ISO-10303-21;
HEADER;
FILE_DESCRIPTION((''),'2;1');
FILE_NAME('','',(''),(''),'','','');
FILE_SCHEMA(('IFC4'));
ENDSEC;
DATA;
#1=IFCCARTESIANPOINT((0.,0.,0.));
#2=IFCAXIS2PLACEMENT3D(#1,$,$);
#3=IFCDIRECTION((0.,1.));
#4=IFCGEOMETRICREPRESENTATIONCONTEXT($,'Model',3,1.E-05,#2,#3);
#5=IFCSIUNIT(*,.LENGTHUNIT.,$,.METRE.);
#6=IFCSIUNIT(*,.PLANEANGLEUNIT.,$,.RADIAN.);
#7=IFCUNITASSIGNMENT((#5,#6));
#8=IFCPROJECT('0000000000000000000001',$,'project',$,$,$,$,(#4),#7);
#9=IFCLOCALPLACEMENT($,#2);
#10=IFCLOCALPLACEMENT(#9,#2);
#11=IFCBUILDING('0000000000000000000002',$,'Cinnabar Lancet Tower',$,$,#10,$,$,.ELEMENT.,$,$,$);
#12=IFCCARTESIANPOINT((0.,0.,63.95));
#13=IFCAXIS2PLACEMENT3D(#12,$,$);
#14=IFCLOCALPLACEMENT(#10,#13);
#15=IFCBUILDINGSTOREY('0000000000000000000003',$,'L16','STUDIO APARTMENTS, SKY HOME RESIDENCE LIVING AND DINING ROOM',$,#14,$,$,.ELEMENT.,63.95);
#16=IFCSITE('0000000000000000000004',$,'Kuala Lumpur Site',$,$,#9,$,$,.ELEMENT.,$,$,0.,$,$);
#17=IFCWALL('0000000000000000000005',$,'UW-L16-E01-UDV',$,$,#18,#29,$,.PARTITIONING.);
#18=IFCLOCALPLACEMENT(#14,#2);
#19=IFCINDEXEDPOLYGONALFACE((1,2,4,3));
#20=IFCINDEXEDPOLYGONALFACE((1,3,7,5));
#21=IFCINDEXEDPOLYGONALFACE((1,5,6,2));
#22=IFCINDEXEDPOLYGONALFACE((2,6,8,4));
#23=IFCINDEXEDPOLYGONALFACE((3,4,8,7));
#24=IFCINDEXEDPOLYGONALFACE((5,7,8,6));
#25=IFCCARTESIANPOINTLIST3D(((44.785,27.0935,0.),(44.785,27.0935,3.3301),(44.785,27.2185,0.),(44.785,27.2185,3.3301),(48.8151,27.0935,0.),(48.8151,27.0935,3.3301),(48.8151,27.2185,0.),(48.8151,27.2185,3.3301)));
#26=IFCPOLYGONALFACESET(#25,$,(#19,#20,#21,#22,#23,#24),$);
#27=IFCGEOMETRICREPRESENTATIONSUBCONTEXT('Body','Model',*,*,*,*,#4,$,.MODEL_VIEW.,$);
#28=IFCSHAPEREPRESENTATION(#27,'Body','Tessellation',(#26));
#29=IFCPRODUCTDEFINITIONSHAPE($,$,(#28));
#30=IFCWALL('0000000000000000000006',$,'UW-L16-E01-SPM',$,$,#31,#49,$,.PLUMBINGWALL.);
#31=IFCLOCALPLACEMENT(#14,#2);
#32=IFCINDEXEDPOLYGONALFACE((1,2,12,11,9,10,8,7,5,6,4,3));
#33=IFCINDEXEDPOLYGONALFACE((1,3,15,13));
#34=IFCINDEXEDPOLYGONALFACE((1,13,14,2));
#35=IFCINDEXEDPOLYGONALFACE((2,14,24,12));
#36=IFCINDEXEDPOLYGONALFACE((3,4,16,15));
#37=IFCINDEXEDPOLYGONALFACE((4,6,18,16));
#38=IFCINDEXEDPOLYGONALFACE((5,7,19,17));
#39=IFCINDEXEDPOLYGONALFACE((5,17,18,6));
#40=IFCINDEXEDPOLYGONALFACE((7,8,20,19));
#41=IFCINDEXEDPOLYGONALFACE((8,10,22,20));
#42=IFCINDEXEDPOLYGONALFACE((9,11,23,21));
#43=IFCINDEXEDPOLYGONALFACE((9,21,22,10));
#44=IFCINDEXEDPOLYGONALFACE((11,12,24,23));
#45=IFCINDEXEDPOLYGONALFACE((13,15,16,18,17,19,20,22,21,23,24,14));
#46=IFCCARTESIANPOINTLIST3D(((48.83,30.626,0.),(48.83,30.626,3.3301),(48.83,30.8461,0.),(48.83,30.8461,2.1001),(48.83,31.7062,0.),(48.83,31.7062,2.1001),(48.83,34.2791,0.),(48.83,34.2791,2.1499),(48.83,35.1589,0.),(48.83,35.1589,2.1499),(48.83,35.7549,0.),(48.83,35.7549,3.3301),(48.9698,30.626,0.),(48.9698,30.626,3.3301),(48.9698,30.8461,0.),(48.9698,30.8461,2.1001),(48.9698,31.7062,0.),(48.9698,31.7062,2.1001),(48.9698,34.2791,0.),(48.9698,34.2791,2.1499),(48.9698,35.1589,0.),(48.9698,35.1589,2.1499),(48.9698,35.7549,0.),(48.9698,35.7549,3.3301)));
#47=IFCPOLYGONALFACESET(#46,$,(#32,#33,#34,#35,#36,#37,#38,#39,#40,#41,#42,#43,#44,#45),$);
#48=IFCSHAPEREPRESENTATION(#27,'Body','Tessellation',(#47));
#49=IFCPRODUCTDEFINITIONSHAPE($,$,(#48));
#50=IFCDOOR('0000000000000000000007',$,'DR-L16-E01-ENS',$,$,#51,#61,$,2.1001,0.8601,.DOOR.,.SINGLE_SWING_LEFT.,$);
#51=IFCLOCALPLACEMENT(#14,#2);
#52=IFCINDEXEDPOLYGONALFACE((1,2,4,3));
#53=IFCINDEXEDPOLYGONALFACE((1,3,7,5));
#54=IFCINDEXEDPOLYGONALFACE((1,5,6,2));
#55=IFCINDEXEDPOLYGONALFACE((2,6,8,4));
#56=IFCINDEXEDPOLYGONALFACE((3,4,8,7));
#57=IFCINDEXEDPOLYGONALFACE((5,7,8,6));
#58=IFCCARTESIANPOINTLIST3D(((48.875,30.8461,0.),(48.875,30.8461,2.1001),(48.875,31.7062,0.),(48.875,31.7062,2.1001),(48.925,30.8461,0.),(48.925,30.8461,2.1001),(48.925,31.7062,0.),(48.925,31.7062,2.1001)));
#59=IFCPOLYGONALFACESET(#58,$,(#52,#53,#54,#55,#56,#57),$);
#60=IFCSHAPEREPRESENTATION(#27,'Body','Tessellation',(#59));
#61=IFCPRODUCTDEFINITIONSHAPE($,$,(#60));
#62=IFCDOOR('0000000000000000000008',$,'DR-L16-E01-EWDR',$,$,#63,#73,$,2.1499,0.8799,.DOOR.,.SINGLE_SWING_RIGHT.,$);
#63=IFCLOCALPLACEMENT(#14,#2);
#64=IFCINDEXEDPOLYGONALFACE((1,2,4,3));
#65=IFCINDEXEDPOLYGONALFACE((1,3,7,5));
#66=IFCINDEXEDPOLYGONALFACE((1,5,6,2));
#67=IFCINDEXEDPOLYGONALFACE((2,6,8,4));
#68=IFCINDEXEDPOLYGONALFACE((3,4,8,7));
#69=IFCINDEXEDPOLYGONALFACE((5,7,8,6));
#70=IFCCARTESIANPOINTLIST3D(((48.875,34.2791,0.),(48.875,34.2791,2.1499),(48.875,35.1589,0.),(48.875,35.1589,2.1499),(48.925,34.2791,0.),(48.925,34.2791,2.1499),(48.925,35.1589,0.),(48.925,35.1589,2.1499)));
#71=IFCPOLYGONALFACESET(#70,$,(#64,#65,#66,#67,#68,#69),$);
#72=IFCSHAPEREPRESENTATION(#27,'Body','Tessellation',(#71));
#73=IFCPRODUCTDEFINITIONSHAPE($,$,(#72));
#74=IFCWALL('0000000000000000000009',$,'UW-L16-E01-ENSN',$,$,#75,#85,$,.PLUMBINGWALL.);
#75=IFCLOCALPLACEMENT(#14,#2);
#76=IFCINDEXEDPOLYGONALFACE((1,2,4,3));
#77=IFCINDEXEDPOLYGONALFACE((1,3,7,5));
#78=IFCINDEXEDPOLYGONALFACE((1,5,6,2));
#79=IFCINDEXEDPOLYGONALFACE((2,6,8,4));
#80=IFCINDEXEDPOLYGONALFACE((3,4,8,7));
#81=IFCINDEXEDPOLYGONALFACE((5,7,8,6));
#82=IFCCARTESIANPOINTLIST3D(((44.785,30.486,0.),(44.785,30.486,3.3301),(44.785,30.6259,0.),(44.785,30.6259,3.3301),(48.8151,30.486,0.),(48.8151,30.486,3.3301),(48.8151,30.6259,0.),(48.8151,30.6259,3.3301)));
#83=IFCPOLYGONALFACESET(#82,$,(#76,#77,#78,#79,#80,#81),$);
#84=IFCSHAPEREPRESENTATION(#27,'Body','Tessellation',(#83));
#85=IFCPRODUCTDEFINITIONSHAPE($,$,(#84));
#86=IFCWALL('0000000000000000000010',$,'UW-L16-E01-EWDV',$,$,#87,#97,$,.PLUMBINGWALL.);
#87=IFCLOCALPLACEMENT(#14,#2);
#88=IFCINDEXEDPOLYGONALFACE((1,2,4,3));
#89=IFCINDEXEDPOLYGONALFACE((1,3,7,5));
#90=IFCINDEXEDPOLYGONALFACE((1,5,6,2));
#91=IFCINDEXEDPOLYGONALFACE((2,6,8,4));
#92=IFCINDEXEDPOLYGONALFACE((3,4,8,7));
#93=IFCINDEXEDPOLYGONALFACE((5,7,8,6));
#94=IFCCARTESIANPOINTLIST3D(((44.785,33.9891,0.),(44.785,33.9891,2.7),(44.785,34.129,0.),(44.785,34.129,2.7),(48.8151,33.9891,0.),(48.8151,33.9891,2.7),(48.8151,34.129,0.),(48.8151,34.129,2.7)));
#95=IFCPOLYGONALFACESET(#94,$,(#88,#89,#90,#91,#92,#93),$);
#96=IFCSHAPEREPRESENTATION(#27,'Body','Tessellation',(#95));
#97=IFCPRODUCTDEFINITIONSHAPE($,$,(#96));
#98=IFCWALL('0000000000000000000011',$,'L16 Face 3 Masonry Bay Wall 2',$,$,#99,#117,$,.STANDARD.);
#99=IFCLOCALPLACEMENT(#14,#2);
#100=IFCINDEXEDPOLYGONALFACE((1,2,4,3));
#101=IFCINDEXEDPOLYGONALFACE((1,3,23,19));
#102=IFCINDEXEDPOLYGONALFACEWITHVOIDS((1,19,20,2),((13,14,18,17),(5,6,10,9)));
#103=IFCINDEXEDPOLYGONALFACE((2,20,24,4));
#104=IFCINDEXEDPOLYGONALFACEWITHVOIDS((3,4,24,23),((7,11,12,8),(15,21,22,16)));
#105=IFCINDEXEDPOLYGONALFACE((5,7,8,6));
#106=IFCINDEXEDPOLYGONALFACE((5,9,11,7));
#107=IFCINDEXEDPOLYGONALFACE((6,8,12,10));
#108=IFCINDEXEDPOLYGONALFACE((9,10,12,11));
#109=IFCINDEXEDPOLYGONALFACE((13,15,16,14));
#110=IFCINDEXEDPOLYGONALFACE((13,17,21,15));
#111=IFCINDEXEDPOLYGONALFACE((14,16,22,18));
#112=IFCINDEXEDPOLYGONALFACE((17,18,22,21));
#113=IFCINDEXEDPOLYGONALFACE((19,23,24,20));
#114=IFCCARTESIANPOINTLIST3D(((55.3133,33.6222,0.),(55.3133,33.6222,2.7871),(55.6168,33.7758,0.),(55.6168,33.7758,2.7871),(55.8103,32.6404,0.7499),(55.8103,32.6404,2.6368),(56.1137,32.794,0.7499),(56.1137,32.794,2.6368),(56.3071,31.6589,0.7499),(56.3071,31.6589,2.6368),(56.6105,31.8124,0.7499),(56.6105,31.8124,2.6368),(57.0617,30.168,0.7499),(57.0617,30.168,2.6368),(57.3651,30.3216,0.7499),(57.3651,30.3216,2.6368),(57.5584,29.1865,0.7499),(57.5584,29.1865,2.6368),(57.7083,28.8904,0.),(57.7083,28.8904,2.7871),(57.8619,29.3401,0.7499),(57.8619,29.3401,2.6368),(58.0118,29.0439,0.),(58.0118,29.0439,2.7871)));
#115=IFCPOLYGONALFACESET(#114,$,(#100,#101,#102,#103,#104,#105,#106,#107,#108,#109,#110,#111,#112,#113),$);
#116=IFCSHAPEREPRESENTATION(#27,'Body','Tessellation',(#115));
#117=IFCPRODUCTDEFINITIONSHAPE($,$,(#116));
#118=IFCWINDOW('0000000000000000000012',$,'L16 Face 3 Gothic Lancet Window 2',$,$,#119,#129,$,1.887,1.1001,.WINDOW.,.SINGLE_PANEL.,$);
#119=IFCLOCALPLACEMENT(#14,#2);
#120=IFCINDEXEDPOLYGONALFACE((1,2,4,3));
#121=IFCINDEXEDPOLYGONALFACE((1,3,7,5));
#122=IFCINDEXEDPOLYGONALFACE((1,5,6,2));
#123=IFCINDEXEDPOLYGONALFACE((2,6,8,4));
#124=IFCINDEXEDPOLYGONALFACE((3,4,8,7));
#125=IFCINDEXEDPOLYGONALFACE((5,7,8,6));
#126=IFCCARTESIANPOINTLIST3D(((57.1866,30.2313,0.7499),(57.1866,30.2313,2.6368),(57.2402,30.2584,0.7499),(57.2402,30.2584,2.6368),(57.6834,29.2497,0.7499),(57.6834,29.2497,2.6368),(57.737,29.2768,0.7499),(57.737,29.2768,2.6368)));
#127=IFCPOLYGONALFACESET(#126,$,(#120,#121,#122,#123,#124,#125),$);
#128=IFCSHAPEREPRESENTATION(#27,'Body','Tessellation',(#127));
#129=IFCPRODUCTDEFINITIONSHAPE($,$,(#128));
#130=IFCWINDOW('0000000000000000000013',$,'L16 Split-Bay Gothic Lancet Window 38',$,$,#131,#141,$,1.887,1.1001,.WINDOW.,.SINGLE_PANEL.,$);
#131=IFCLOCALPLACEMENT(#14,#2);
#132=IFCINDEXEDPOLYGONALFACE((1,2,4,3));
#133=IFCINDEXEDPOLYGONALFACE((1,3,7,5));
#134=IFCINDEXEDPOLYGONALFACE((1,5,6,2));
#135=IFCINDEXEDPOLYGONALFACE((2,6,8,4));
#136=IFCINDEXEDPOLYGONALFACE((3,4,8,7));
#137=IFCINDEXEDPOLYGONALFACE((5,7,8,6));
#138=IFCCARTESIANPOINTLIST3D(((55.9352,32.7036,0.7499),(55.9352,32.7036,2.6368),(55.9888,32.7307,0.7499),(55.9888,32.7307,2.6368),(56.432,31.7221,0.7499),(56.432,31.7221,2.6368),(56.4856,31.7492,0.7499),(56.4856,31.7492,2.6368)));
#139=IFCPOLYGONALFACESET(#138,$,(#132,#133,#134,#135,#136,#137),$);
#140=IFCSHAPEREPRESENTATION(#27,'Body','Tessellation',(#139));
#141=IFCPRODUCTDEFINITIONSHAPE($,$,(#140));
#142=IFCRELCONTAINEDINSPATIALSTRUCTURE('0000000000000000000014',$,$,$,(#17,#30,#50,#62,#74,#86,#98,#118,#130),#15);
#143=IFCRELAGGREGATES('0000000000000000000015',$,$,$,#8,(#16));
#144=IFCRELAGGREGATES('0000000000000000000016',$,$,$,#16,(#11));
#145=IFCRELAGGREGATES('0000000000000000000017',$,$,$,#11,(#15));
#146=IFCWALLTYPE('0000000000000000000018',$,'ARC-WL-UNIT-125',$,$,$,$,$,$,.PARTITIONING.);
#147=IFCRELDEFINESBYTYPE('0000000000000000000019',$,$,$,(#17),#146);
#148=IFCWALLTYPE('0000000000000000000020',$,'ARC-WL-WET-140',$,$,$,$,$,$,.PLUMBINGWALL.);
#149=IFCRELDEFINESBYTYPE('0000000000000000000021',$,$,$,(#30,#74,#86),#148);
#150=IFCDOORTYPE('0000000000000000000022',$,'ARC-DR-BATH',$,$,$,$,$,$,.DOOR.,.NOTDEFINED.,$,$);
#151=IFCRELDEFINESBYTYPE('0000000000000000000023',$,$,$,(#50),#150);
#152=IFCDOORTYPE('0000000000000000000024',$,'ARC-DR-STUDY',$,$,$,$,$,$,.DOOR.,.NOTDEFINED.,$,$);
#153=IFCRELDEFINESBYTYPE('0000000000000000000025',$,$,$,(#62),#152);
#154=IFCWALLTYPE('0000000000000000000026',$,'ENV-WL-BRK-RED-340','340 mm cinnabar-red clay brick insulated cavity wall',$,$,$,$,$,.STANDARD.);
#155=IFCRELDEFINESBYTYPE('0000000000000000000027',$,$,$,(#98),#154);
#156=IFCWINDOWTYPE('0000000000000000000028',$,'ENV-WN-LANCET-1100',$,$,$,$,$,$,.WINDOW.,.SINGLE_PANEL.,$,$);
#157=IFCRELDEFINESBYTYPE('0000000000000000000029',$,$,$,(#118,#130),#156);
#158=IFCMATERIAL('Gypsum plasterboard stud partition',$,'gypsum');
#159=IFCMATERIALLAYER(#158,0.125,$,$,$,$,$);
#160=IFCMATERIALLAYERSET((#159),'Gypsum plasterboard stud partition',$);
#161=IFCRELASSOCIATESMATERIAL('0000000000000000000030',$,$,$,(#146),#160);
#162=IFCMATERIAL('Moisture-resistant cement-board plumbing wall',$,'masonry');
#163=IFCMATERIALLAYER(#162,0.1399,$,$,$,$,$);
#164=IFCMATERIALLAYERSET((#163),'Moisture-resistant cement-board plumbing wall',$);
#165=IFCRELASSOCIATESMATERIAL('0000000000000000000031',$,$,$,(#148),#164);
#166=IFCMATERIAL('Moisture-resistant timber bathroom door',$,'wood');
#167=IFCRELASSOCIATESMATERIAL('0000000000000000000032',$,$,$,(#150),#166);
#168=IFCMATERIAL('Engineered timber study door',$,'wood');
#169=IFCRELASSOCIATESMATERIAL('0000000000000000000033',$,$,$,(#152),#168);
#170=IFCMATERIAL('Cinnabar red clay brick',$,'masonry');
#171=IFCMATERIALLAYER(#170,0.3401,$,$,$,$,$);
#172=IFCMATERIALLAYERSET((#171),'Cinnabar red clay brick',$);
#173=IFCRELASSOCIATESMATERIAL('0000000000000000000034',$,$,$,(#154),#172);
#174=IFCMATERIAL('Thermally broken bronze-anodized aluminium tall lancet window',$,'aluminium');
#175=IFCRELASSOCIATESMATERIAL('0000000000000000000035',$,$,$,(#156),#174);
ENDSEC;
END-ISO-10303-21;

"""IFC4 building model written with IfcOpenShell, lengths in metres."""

from ifc_helpers import new_model, si_unit, direction, frame, frame_2d, origin, place, context, subcontext, project, spatial, rectangle, extrude, material, layer, layer_set, type_object, element, fill, save


model = new_model("IFC4")

# Units and contexts
model_context = context("Model", 3, precision=1e-05, world=origin(), true_north=direction((0.0, 1.0)))
body_context = subcontext(model_context, "Body", "Model", "MODEL_VIEW")
ifc_project = project(units=[si_unit("LENGTHUNIT", "METRE"), si_unit("PLANEANGLEUNIT", "RADIAN")], contexts=[model_context])

# Site, building, storey
site_placement = place(None, origin())
site = spatial("IfcSite", under=ifc_project, at=site_placement, Name="Kuala Lumpur Site", CompositionType="ELEMENT", RefElevation=0.0)
building_placement = place(site_placement, origin())
building = spatial("IfcBuilding", under=site, at=building_placement, Name="Cinnabar Lancet Tower", CompositionType="ELEMENT")
storey_placement = place(building_placement, frame((0.0, 0.0, 63.95)))
storey = spatial("IfcBuildingStorey", under=building, at=storey_placement, Name="L16", Description="STUDIO APARTMENTS, SKY HOME RESIDENCE LIVING AND DINING ROOM", CompositionType="ELEMENT", Elevation=63.95)

# Shared definitions
ifc_material_1 = material(Name="Gypsum plasterboard stud partition", Category="gypsum")
ifc_layer_1 = layer(ifc_material_1, 0.125)
ifc_layer_set_1 = layer_set([ifc_layer_1], Name="Gypsum plasterboard stud partition")
wall_type_1 = type_object("IfcWallType", Name="ARC-WL-UNIT-125", PredefinedType="PARTITIONING", material=ifc_layer_set_1)

# Wall
wall_1_placement = place(storey_placement, frame((44.7849, 27.156, 0.0), z_axis=(0.0, 0.0, 1.0), x_axis=(1.0, 0.0, 0.0)))
element("IfcWall", 1, at=wall_1_placement, inside=storey, type_object=wall_type_1, Name="UW-L16-E01-UDV", PredefinedType="PARTITIONING", context=body_context, shape_type="SweptSolid", body=[
    extrude(rectangle(XDim=4.03, YDim=0.125, at=frame_2d((2.0151, 0.0))), origin(), (0.0, 0.0, 1.0), 3.3301),
])

# Wall, openings, doors
ifc_material_2 = material(Name="Moisture-resistant cement-board plumbing wall", Category="masonry")
ifc_layer_2 = layer(ifc_material_2, 0.1399)
ifc_layer_set_2 = layer_set([ifc_layer_2], Name="Moisture-resistant cement-board plumbing wall")
wall_type_2 = type_object("IfcWallType", Name="ARC-WL-WET-140", PredefinedType="PLUMBINGWALL", material=ifc_layer_set_2)
wall_2_placement = place(storey_placement, frame((48.8999, 30.626, 0.0), z_axis=(0.0, 0.0, 1.0), x_axis=(0.0, 1.0, 0.0)))
wall_2 = element("IfcWall", 2, at=wall_2_placement, inside=storey, type_object=wall_type_2, Name="UW-L16-E01-SPM", PredefinedType="PLUMBINGWALL", context=body_context, shape_type="SweptSolid", body=[
    extrude(rectangle(XDim=5.1289, YDim=0.1399, at=frame_2d((2.5645, 0.0))), origin(), (0.0, 0.0, 1.0), 3.3301),
])
opening_1_placement = place(wall_2_placement, frame((0.22, 0.0, 0.0)))
opening_1 = element("IfcOpeningElement", 3, at=opening_1_placement, cuts=wall_2, PredefinedType="OPENING", context=body_context, shape_type="SweptSolid", body=[
    extrude(rectangle(XDim=0.8601, YDim=2.1001, at=frame_2d((0.4302, 1.05))), frame((0.0, 0.0798, 0.0), z_axis=(0.0, -1.0, 0.0), x_axis=(1.0, 0.0, 0.0)), (0.0, 0.0, 1.0), 0.1599),
])
opening_2_placement = place(wall_2_placement, frame((3.6531, 0.0, 0.0)))
opening_2 = element("IfcOpeningElement", 4, at=opening_2_placement, cuts=wall_2, PredefinedType="OPENING", context=body_context, shape_type="SweptSolid", body=[
    extrude(rectangle(XDim=0.8799, YDim=2.1499, at=frame_2d((0.4399, 1.075))), frame((0.0, 0.0798, 0.0), z_axis=(0.0, -1.0, 0.0), x_axis=(1.0, 0.0, 0.0)), (0.0, 0.0, 1.0), 0.1599),
])
ifc_material_3 = material(Name="Moisture-resistant timber bathroom door", Category="wood")
door_type_1 = type_object("IfcDoorType", Name="ARC-DR-BATH", OperationType="NOTDEFINED", PredefinedType="DOOR", material=ifc_material_3)
door_1_placement = place(opening_1_placement, origin())
door_1 = element("IfcDoor", 5, at=door_1_placement, inside=storey, type_object=door_type_1, Name="DR-L16-E01-ENS", OperationType="SINGLE_SWING_LEFT", OverallHeight=2.1001, OverallWidth=0.8601, PredefinedType="DOOR", context=body_context, shape_type="SweptSolid", body=[
    extrude(rectangle(XDim=0.8601, YDim=2.1001, at=frame_2d((0.4302, 1.05))), frame((0.0, 0.0249, 0.0), z_axis=(0.0, -1.0, 0.0), x_axis=(1.0, 0.0, 0.0)), (0.0, 0.0, 1.0), 0.05),
])
fill(opening_1, door_1)
ifc_material_4 = material(Name="Engineered timber study door", Category="wood")
door_type_2 = type_object("IfcDoorType", Name="ARC-DR-STUDY", OperationType="NOTDEFINED", PredefinedType="DOOR", material=ifc_material_4)
door_2_placement = place(opening_2_placement, origin())
door_2 = element("IfcDoor", 6, at=door_2_placement, inside=storey, type_object=door_type_2, Name="DR-L16-E01-EWDR", OperationType="SINGLE_SWING_RIGHT", OverallHeight=2.1499, OverallWidth=0.8799, PredefinedType="DOOR", context=body_context, shape_type="SweptSolid", body=[
    extrude(rectangle(XDim=0.8799, YDim=2.1499, at=frame_2d((0.4399, 1.075))), frame((0.0, 0.0249, 0.0), z_axis=(0.0, -1.0, 0.0), x_axis=(1.0, 0.0, 0.0)), (0.0, 0.0, 1.0), 0.05),
])
fill(opening_2, door_2)

# Walls
wall_3_placement = place(storey_placement, frame((44.7849, 30.5559, 0.0), z_axis=(0.0, 0.0, 1.0), x_axis=(1.0, 0.0, 0.0)))
element("IfcWall", 7, at=wall_3_placement, inside=storey, type_object=wall_type_2, Name="UW-L16-E01-ENSN", PredefinedType="PLUMBINGWALL", context=body_context, shape_type="SweptSolid", body=[
    extrude(rectangle(XDim=4.03, YDim=0.1399, at=frame_2d((2.0151, 0.0))), origin(), (0.0, 0.0, 1.0), 3.3301),
])
wall_4_placement = place(storey_placement, frame((44.7849, 34.0591, 0.0), z_axis=(0.0, 0.0, 1.0), x_axis=(1.0, 0.0, 0.0)))
element("IfcWall", 8, at=wall_4_placement, inside=storey, type_object=wall_type_2, Name="UW-L16-E01-EWDV", PredefinedType="PLUMBINGWALL", context=body_context, shape_type="SweptSolid", body=[
    extrude(rectangle(XDim=4.03, YDim=0.1399, at=frame_2d((2.0151, 0.0))), origin(), (0.0, 0.0, 1.0), 2.7),
])

# Wall, openings, windows
ifc_material_5 = material(Name="Cinnabar red clay brick", Category="masonry")
ifc_layer_3 = layer(ifc_material_5, 0.3401)
ifc_layer_set_3 = layer_set([ifc_layer_3], Name="Cinnabar red clay brick")
wall_type_3 = type_object("IfcWallType", Name="ENV-WL-BRK-RED-340", Description="340 mm cinnabar-red clay brick insulated cavity wall", PredefinedType="STANDARD", material=ifc_layer_set_3)
wall_5_placement = place(storey_placement, frame((57.8601, 28.967, 0.0), z_axis=(0.0, 0.0, 1.0), x_axis=(-0.451591, 0.892225, 0.0)))
wall_5 = element("IfcWall", 9, at=wall_5_placement, inside=storey, type_object=wall_type_3, Name="L16 Face 3 Masonry Bay Wall 2", PredefinedType="STANDARD", context=body_context, shape_type="SweptSolid", body=[
    extrude(rectangle(XDim=5.3035, YDim=0.3401, at=frame_2d((2.6519, 0.0))), origin(), (0.0, 0.0, 1.0), 2.7871),
])
opening_3_placement = place(wall_5_placement, frame((0.332, 0.0, 0.75)))
opening_3 = element("IfcOpeningElement", 10, at=opening_3_placement, cuts=wall_5, PredefinedType="OPENING", context=body_context, shape_type="SweptSolid", body=[
    extrude(rectangle(XDim=1.1001, YDim=1.887, at=frame_2d((0.55, 0.9434))), frame((0.0, 0.1799, 0.0), z_axis=(0.0, -1.0, 0.0), x_axis=(1.0, 0.0, 0.0)), (0.0, 0.0, 1.0), 0.3601),
])
opening_4_placement = place(wall_5_placement, frame((3.103, 0.0, 0.75)))
opening_4 = element("IfcOpeningElement", 11, at=opening_4_placement, cuts=wall_5, PredefinedType="OPENING", context=body_context, shape_type="SweptSolid", body=[
    extrude(rectangle(XDim=1.1001, YDim=1.887, at=frame_2d((0.55, 0.9434))), frame((0.0, 0.1799, 0.0), z_axis=(0.0, -1.0, 0.0), x_axis=(1.0, 0.0, 0.0)), (0.0, 0.0, 1.0), 0.3601),
])
ifc_material_6 = material(Name="Thermally broken bronze-anodized aluminium tall lancet window", Category="aluminium")
window_type = type_object("IfcWindowType", Name="ENV-WN-LANCET-1100", PartitioningType="SINGLE_PANEL", PredefinedType="WINDOW", material=ifc_material_6)
window_1_placement = place(opening_3_placement, origin())
window_1 = element("IfcWindow", 12, at=window_1_placement, inside=storey, type_object=window_type, Name="L16 Face 3 Gothic Lancet Window 2", OverallHeight=1.887, OverallWidth=1.1001, PartitioningType="SINGLE_PANEL", PredefinedType="WINDOW", context=body_context, shape_type="SweptSolid", body=[
    extrude(rectangle(XDim=1.1001, YDim=1.887, at=frame_2d((0.55, 0.9434))), frame((0.0, 0.03, 0.0), z_axis=(0.0, -1.0, 0.0), x_axis=(1.0, 0.0, 0.0)), (0.0, 0.0, 1.0), 0.0601),
])
fill(opening_3, window_1)
window_2_placement = place(opening_4_placement, origin())
window_2 = element("IfcWindow", 13, at=window_2_placement, inside=storey, type_object=window_type, Name="L16 Split-Bay Gothic Lancet Window 38", OverallHeight=1.887, OverallWidth=1.1001, PartitioningType="SINGLE_PANEL", PredefinedType="WINDOW", context=body_context, shape_type="SweptSolid", body=[
    extrude(rectangle(XDim=1.1001, YDim=1.887, at=frame_2d((0.55, 0.9434))), frame((0.0, 0.03, 0.0), z_axis=(0.0, -1.0, 0.0), x_axis=(1.0, 0.0, 0.0)), (0.0, 0.0, 1.0), 0.0601),
])
fill(opening_4, window_2)

save(model, "model.ifc")
